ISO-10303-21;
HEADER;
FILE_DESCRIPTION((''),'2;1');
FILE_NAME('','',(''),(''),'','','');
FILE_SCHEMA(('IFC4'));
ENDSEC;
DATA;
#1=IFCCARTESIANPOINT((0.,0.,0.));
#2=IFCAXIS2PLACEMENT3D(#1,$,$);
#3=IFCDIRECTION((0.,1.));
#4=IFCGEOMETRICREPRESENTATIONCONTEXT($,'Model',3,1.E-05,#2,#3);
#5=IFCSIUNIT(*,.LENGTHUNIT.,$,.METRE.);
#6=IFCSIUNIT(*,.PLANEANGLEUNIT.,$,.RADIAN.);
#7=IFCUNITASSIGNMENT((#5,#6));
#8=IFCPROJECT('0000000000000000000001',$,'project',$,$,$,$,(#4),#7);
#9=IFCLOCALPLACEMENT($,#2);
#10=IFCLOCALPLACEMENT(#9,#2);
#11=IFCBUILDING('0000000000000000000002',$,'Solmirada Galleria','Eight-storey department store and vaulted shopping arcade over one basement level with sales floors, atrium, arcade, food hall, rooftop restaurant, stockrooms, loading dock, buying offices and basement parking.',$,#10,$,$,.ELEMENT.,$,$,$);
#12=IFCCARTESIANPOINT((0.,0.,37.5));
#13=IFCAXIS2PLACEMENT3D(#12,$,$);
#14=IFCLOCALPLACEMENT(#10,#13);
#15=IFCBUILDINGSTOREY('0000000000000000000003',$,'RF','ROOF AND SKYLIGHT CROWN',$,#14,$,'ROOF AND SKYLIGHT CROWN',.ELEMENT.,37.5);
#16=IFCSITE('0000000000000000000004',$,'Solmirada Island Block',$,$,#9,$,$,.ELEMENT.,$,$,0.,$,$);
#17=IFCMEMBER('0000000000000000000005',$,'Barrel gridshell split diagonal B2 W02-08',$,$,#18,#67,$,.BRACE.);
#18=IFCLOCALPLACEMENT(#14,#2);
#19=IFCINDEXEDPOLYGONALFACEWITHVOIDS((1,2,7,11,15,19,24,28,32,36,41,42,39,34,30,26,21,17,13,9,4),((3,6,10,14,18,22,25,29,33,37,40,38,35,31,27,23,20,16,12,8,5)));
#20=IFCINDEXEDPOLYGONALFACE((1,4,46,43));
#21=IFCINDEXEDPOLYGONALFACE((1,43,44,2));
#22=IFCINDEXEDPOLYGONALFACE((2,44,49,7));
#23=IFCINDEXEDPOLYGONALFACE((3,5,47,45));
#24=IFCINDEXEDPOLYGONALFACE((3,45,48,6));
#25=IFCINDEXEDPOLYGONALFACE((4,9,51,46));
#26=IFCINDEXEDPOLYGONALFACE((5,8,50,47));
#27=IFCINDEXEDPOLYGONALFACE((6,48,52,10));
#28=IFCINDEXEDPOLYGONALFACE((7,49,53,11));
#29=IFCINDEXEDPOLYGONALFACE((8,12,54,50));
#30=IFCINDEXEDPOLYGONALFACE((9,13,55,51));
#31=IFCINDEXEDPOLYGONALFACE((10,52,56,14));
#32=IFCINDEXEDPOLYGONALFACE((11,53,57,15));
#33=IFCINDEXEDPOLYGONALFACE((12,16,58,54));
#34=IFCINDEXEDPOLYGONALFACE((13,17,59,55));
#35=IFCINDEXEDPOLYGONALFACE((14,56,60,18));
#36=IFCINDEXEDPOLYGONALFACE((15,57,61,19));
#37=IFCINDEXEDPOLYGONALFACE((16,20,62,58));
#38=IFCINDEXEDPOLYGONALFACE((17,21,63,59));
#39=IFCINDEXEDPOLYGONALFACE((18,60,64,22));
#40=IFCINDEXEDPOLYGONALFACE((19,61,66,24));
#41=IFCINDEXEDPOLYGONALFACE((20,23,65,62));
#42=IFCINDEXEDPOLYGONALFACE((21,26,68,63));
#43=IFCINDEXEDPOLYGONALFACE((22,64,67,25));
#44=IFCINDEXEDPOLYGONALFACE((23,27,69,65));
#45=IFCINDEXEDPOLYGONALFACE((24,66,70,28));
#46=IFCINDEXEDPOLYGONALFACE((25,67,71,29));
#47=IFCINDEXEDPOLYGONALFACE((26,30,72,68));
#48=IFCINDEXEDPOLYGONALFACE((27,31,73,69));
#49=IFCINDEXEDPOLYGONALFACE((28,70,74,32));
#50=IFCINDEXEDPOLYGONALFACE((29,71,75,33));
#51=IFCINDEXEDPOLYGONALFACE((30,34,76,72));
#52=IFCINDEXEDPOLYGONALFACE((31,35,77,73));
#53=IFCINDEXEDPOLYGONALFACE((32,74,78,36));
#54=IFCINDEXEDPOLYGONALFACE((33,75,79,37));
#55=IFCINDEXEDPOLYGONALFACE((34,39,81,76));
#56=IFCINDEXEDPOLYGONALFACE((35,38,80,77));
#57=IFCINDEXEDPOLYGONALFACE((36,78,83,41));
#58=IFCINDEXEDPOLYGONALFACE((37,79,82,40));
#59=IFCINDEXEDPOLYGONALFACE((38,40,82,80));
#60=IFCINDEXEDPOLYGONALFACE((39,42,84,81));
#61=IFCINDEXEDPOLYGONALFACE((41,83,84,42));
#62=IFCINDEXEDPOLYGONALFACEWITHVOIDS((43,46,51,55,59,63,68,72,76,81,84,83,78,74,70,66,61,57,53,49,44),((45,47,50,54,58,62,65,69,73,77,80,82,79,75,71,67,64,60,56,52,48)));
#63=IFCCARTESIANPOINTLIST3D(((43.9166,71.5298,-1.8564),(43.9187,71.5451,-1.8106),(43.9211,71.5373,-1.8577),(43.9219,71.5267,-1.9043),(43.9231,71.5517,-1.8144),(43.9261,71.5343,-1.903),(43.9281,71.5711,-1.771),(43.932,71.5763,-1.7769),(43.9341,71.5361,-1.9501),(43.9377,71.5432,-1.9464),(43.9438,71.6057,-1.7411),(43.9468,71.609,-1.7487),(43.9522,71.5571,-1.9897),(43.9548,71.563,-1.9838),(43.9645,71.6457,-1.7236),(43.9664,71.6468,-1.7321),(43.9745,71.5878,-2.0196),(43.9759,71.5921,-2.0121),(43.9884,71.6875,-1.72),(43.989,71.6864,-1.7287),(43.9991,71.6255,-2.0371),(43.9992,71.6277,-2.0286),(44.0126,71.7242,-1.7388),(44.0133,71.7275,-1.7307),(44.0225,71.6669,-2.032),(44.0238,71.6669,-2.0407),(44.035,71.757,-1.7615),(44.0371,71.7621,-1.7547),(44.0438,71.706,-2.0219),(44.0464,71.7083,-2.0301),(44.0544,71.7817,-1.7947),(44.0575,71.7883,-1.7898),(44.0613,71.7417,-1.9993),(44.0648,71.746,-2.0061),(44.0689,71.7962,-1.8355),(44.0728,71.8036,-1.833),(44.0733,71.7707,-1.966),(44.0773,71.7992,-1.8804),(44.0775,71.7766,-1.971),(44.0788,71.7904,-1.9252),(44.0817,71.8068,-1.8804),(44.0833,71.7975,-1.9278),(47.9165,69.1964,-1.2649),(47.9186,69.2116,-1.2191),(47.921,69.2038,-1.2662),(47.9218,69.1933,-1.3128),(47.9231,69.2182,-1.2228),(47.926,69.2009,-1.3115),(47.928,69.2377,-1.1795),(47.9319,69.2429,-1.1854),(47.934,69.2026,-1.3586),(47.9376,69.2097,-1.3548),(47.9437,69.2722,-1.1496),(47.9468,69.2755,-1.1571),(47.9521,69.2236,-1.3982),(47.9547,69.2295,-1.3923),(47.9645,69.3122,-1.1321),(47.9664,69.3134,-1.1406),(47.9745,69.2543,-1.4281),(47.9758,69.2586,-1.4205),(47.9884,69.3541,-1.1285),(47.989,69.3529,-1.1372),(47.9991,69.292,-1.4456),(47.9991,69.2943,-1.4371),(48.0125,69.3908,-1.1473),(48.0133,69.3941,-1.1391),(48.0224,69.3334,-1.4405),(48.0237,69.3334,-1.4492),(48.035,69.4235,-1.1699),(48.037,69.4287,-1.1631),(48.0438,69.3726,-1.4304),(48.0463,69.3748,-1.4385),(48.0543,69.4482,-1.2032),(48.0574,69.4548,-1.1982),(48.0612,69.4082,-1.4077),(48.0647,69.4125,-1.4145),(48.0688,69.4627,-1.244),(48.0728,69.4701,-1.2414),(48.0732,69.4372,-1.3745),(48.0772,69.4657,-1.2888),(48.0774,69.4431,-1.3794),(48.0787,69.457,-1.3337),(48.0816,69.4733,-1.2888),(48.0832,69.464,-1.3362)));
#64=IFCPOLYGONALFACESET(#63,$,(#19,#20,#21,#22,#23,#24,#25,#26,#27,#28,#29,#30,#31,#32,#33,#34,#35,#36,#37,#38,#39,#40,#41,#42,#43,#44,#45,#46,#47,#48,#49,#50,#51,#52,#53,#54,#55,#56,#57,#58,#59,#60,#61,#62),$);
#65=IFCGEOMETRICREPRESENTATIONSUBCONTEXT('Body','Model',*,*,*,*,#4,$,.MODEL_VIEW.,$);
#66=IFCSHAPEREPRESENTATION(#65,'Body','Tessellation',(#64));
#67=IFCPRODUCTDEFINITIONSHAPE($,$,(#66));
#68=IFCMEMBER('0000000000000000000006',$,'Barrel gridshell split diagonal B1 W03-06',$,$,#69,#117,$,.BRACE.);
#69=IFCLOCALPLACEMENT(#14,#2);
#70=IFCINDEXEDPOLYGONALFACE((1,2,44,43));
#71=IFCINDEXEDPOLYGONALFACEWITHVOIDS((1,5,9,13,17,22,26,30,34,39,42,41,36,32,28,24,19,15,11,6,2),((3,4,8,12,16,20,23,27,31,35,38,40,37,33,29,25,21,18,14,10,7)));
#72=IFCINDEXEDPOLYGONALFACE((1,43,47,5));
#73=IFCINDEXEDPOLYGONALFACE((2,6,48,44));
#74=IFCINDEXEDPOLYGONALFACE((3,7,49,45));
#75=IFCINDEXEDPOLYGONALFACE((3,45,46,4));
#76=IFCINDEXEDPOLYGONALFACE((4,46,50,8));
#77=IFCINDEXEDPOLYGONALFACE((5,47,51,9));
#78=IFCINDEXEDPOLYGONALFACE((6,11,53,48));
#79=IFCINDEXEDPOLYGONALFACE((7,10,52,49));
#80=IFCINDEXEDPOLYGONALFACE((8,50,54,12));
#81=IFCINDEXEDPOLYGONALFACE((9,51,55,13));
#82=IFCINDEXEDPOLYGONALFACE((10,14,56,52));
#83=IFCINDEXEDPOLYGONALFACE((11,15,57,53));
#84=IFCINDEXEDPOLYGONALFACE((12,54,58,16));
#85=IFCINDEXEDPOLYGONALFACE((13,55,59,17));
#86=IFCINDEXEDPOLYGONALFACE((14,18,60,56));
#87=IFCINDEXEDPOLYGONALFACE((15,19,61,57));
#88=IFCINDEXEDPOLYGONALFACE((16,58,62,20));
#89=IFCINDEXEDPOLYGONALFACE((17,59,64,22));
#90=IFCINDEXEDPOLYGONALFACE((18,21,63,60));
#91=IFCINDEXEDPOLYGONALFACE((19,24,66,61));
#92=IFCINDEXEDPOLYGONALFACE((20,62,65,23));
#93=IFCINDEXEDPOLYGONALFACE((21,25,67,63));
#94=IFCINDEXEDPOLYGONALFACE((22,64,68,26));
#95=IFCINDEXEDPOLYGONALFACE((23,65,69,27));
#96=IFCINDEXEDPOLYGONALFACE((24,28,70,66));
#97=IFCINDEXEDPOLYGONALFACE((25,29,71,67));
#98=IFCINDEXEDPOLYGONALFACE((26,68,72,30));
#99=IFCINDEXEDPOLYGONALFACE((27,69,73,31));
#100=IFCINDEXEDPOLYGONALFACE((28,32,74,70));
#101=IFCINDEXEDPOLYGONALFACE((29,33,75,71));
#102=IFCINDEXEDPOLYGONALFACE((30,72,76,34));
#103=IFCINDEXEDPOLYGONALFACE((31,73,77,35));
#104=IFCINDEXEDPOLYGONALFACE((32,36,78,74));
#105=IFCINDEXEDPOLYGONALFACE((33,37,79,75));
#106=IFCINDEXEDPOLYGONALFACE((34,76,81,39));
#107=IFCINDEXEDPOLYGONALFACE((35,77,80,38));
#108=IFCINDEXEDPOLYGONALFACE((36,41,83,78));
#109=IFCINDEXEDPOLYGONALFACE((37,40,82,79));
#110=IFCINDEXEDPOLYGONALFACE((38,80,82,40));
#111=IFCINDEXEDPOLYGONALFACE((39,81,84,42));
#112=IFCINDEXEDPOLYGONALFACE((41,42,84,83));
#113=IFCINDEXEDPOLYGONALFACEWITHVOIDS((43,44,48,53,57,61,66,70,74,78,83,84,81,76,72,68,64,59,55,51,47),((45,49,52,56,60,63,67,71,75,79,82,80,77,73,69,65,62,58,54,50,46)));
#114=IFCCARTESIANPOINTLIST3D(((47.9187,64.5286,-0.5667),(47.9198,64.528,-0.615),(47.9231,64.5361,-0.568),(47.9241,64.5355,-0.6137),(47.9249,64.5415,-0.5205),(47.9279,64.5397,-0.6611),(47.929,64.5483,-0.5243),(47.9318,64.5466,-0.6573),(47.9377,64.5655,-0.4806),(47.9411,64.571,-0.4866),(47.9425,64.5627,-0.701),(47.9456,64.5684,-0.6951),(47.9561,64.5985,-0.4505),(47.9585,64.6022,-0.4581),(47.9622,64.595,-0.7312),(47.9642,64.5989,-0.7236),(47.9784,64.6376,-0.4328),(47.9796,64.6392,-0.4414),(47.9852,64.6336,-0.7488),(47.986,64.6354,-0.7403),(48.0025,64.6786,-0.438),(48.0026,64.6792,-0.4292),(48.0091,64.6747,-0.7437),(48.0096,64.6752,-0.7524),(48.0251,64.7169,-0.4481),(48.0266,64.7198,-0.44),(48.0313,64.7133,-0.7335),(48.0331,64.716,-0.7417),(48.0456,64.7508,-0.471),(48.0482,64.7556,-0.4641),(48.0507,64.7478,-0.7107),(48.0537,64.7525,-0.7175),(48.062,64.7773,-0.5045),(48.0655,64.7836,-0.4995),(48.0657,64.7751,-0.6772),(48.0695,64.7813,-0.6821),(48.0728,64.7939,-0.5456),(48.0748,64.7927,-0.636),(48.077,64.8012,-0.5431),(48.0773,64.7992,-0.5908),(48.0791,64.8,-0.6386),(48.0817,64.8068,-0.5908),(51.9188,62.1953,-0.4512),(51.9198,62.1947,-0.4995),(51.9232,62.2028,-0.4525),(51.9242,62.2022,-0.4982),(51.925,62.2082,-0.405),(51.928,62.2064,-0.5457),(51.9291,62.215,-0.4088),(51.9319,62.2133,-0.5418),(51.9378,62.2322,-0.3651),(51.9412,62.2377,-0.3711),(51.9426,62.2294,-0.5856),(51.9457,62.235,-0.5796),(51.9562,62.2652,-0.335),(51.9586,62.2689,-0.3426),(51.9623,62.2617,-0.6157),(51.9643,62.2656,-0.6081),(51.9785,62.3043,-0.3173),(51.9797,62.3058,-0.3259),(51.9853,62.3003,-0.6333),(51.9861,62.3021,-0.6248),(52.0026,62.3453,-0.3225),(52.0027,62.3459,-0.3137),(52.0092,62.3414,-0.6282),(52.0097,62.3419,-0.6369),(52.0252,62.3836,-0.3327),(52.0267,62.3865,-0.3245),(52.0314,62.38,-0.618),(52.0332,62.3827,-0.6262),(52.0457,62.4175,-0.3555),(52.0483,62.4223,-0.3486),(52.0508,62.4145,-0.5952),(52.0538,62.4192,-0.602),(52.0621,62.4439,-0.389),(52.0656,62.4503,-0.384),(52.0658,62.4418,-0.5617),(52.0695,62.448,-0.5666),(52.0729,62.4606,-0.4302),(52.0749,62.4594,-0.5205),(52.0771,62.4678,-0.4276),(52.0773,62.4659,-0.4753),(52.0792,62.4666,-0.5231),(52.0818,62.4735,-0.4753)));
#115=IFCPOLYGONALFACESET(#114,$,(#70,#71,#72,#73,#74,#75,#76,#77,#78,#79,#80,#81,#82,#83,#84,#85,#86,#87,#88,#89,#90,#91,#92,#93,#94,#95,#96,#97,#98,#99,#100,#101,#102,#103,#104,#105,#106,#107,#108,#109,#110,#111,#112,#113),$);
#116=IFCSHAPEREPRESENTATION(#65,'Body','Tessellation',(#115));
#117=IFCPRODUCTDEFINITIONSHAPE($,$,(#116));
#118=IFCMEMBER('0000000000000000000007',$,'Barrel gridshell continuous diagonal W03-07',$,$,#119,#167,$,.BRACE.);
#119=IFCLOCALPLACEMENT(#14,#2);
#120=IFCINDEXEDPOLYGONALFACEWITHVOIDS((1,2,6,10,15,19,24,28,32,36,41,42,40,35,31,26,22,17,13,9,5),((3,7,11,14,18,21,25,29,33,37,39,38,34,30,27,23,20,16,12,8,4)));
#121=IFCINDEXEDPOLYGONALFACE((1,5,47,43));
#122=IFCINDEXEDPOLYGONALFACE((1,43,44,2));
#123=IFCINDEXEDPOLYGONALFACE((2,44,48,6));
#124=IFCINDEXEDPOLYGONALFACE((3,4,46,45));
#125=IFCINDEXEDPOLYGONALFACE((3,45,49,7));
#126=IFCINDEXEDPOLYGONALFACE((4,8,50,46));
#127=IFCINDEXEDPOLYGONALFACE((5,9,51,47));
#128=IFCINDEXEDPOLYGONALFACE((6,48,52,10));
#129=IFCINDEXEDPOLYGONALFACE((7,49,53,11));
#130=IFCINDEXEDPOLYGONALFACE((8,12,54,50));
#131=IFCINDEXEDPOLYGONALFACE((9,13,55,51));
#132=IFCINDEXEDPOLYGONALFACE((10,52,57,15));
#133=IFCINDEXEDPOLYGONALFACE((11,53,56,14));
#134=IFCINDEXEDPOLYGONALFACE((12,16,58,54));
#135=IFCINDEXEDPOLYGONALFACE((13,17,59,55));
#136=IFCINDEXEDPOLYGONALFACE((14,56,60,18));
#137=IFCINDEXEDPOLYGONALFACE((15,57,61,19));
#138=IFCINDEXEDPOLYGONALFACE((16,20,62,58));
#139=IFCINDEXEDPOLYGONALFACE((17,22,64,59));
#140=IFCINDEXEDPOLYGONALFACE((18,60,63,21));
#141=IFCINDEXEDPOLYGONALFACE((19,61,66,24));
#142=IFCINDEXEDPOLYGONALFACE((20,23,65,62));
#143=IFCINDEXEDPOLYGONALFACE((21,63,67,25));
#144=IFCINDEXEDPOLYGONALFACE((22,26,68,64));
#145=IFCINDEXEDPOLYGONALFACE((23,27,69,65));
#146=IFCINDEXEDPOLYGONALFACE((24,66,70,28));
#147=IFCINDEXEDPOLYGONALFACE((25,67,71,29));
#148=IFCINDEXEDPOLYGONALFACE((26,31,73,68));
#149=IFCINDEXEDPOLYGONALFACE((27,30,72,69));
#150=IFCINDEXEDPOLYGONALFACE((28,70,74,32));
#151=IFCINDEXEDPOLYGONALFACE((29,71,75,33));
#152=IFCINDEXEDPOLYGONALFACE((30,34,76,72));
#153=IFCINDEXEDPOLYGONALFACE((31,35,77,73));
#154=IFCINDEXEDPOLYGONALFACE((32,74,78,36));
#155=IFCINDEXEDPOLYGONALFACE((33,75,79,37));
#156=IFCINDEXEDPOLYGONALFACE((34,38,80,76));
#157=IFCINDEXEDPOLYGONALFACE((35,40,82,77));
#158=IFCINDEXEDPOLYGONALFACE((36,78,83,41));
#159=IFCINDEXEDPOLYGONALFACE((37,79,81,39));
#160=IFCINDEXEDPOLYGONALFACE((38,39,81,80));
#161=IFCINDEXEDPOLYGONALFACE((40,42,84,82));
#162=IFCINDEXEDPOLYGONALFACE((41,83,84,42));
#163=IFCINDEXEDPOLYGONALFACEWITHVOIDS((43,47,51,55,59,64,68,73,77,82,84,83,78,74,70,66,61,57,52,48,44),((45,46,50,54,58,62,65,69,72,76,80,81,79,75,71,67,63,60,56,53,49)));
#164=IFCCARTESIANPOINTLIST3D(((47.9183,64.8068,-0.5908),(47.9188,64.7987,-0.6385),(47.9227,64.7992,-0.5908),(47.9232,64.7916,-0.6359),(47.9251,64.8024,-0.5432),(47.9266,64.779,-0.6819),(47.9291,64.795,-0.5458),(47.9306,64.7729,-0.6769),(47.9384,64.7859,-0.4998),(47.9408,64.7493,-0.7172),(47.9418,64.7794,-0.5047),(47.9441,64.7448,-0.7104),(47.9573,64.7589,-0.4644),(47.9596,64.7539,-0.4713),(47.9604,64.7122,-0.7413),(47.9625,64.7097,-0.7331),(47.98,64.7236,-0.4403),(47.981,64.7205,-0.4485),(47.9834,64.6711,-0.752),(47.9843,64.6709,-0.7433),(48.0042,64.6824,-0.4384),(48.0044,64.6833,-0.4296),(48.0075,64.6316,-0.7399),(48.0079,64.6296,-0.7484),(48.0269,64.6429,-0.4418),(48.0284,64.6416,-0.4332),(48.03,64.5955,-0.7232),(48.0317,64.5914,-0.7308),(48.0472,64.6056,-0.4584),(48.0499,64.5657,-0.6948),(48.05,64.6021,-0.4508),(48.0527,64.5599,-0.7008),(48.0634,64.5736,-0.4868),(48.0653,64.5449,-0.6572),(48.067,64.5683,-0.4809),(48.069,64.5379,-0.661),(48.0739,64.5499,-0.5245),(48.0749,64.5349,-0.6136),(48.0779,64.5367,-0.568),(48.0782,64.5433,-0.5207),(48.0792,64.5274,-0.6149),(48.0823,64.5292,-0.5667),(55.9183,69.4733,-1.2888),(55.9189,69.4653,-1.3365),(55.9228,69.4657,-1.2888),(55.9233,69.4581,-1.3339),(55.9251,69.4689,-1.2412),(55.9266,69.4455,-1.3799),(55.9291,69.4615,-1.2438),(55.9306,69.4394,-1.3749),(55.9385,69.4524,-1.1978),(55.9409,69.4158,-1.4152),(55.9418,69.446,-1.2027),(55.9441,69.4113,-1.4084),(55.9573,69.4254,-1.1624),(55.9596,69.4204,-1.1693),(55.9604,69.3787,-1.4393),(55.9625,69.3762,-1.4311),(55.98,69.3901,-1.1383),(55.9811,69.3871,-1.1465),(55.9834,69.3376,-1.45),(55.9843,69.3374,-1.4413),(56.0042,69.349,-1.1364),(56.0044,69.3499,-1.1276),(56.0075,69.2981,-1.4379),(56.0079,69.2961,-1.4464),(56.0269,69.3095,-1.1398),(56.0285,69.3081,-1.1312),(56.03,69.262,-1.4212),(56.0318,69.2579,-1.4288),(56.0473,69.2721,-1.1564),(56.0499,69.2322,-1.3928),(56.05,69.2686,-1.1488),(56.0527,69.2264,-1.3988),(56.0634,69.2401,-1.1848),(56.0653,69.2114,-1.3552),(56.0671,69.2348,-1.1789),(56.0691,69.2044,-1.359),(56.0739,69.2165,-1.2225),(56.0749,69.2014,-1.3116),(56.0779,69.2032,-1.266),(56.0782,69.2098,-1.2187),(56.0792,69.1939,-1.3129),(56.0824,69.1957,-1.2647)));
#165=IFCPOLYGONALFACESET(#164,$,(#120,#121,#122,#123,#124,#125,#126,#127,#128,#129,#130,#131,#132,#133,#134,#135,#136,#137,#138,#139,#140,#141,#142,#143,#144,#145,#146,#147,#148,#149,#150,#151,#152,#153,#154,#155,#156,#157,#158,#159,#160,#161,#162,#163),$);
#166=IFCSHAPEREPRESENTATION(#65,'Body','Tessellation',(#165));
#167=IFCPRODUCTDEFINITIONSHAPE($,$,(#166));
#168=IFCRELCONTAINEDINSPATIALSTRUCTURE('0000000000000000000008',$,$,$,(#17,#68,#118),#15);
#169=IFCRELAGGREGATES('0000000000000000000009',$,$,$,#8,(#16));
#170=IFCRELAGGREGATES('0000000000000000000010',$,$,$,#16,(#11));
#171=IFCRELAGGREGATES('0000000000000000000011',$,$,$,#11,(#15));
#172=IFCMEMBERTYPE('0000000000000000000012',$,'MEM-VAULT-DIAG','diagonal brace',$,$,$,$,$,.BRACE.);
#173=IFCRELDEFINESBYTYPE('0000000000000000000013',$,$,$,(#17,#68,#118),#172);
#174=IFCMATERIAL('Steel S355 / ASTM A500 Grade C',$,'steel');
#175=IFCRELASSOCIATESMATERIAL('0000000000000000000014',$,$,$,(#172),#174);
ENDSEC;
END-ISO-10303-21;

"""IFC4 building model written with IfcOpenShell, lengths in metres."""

from ifc_helpers import new_model, si_unit, direction, frame, origin, origin_2d, place, context, subcontext, project, spatial, hollow_circle, extrude, material, material_profile, profile_set, type_object, element, save


model = new_model("IFC4")

# Units and contexts
model_context = context("Model", 3, precision=1e-05, world=origin(), true_north=direction((0.0, 1.0)))
body_context = subcontext(model_context, "Body", "Model", "MODEL_VIEW")
ifc_project = project(units=[si_unit("LENGTHUNIT", "METRE"), si_unit("PLANEANGLEUNIT", "RADIAN")], contexts=[model_context])

# Site, building, storey
site_placement = place(None, origin())
site = spatial("IfcSite", under=ifc_project, at=site_placement, Name="Solmirada Island Block", CompositionType="ELEMENT", RefElevation=0.0)
building_placement = place(site_placement, origin())
building = spatial("IfcBuilding", under=site, at=building_placement, Name="Solmirada Galleria", Description="Eight-storey department store and vaulted shopping arcade over one basement level with sales floors, atrium, arcade, food hall, rooftop restaurant, stockrooms, loading dock, buying offices and basement parking.", CompositionType="ELEMENT")
storey_placement = place(building_placement, frame((0.0, 0.0, 37.5)))
storey = spatial("IfcBuildingStorey", under=building, at=storey_placement, Name="RF", Description="ROOF AND SKYLIGHT CROWN", LongName="ROOF AND SKYLIGHT CROWN", CompositionType="ELEMENT", Elevation=37.5)

# Members
ifc_material_1 = material(Name="Steel S355 / ASTM A500 Grade C", Category="steel")
ifc_material_profile_1 = material_profile(ifc_material_1, hollow_circle(Radius=0.1621, WallThickness=0.0088, at=origin_2d()), Name="HSS12.750X0.375")
ifc_profile_set_1 = profile_set([ifc_material_profile_1], Name="Steel S355 / ASTM A500 Grade C")
member_type_1 = type_object("IfcMemberType", Name="MEM-VAULT-DIAG", Description="diagonal brace", PredefinedType="BRACE", material=ifc_profile_set_1)
member_1_placement = place(storey_placement, frame((44.0, 71.6667, -1.8804), z_axis=(0.856801, -0.499836, 0.126711), x_axis=(0.503897, 0.863764, 0.0)))
element("IfcMember", 1, at=member_1_placement, inside=storey, type_object=member_type_1, Name="Barrel gridshell split diagonal B2 W02-08", PredefinedType="BRACE", context=body_context, shape_type="SweptSolid", body=[
    extrude(hollow_circle(Radius=0.1621, WallThickness=0.0088, at=origin_2d()), origin(), (0.0, 0.0, 1.0), 4.6685),
])
member_2_placement = place(storey_placement, frame((48.0, 64.6667, -0.5908), z_axis=(0.863518, -0.503701, 0.024929), x_axis=(0.503858, 0.863787, 0.0)))
element("IfcMember", 2, at=member_2_placement, inside=storey, type_object=member_type_1, Name="Barrel gridshell split diagonal B1 W03-06", PredefinedType="BRACE", context=body_context, shape_type="SweptSolid", body=[
    extrude(hollow_circle(Radius=0.1621, WallThickness=0.0088, at=origin_2d()), origin(), (0.0, 0.0, 1.0), 4.6323),
])
member_3_placement = place(storey_placement, frame((48.0, 64.6667, -0.5908), z_axis=(0.861344, 0.502433, -0.075152), x_axis=(-0.503858, 0.863787, 0.0)))
element("IfcMember", 3, at=member_3_placement, inside=storey, type_object=member_type_1, Name="Barrel gridshell continuous diagonal W03-07", PredefinedType="BRACE", context=body_context, shape_type="SweptSolid", body=[
    extrude(hollow_circle(Radius=0.1621, WallThickness=0.0088, at=origin_2d()), origin(), (0.0, 0.0, 1.0), 9.2878),
])

save(model, "model.ifc")
